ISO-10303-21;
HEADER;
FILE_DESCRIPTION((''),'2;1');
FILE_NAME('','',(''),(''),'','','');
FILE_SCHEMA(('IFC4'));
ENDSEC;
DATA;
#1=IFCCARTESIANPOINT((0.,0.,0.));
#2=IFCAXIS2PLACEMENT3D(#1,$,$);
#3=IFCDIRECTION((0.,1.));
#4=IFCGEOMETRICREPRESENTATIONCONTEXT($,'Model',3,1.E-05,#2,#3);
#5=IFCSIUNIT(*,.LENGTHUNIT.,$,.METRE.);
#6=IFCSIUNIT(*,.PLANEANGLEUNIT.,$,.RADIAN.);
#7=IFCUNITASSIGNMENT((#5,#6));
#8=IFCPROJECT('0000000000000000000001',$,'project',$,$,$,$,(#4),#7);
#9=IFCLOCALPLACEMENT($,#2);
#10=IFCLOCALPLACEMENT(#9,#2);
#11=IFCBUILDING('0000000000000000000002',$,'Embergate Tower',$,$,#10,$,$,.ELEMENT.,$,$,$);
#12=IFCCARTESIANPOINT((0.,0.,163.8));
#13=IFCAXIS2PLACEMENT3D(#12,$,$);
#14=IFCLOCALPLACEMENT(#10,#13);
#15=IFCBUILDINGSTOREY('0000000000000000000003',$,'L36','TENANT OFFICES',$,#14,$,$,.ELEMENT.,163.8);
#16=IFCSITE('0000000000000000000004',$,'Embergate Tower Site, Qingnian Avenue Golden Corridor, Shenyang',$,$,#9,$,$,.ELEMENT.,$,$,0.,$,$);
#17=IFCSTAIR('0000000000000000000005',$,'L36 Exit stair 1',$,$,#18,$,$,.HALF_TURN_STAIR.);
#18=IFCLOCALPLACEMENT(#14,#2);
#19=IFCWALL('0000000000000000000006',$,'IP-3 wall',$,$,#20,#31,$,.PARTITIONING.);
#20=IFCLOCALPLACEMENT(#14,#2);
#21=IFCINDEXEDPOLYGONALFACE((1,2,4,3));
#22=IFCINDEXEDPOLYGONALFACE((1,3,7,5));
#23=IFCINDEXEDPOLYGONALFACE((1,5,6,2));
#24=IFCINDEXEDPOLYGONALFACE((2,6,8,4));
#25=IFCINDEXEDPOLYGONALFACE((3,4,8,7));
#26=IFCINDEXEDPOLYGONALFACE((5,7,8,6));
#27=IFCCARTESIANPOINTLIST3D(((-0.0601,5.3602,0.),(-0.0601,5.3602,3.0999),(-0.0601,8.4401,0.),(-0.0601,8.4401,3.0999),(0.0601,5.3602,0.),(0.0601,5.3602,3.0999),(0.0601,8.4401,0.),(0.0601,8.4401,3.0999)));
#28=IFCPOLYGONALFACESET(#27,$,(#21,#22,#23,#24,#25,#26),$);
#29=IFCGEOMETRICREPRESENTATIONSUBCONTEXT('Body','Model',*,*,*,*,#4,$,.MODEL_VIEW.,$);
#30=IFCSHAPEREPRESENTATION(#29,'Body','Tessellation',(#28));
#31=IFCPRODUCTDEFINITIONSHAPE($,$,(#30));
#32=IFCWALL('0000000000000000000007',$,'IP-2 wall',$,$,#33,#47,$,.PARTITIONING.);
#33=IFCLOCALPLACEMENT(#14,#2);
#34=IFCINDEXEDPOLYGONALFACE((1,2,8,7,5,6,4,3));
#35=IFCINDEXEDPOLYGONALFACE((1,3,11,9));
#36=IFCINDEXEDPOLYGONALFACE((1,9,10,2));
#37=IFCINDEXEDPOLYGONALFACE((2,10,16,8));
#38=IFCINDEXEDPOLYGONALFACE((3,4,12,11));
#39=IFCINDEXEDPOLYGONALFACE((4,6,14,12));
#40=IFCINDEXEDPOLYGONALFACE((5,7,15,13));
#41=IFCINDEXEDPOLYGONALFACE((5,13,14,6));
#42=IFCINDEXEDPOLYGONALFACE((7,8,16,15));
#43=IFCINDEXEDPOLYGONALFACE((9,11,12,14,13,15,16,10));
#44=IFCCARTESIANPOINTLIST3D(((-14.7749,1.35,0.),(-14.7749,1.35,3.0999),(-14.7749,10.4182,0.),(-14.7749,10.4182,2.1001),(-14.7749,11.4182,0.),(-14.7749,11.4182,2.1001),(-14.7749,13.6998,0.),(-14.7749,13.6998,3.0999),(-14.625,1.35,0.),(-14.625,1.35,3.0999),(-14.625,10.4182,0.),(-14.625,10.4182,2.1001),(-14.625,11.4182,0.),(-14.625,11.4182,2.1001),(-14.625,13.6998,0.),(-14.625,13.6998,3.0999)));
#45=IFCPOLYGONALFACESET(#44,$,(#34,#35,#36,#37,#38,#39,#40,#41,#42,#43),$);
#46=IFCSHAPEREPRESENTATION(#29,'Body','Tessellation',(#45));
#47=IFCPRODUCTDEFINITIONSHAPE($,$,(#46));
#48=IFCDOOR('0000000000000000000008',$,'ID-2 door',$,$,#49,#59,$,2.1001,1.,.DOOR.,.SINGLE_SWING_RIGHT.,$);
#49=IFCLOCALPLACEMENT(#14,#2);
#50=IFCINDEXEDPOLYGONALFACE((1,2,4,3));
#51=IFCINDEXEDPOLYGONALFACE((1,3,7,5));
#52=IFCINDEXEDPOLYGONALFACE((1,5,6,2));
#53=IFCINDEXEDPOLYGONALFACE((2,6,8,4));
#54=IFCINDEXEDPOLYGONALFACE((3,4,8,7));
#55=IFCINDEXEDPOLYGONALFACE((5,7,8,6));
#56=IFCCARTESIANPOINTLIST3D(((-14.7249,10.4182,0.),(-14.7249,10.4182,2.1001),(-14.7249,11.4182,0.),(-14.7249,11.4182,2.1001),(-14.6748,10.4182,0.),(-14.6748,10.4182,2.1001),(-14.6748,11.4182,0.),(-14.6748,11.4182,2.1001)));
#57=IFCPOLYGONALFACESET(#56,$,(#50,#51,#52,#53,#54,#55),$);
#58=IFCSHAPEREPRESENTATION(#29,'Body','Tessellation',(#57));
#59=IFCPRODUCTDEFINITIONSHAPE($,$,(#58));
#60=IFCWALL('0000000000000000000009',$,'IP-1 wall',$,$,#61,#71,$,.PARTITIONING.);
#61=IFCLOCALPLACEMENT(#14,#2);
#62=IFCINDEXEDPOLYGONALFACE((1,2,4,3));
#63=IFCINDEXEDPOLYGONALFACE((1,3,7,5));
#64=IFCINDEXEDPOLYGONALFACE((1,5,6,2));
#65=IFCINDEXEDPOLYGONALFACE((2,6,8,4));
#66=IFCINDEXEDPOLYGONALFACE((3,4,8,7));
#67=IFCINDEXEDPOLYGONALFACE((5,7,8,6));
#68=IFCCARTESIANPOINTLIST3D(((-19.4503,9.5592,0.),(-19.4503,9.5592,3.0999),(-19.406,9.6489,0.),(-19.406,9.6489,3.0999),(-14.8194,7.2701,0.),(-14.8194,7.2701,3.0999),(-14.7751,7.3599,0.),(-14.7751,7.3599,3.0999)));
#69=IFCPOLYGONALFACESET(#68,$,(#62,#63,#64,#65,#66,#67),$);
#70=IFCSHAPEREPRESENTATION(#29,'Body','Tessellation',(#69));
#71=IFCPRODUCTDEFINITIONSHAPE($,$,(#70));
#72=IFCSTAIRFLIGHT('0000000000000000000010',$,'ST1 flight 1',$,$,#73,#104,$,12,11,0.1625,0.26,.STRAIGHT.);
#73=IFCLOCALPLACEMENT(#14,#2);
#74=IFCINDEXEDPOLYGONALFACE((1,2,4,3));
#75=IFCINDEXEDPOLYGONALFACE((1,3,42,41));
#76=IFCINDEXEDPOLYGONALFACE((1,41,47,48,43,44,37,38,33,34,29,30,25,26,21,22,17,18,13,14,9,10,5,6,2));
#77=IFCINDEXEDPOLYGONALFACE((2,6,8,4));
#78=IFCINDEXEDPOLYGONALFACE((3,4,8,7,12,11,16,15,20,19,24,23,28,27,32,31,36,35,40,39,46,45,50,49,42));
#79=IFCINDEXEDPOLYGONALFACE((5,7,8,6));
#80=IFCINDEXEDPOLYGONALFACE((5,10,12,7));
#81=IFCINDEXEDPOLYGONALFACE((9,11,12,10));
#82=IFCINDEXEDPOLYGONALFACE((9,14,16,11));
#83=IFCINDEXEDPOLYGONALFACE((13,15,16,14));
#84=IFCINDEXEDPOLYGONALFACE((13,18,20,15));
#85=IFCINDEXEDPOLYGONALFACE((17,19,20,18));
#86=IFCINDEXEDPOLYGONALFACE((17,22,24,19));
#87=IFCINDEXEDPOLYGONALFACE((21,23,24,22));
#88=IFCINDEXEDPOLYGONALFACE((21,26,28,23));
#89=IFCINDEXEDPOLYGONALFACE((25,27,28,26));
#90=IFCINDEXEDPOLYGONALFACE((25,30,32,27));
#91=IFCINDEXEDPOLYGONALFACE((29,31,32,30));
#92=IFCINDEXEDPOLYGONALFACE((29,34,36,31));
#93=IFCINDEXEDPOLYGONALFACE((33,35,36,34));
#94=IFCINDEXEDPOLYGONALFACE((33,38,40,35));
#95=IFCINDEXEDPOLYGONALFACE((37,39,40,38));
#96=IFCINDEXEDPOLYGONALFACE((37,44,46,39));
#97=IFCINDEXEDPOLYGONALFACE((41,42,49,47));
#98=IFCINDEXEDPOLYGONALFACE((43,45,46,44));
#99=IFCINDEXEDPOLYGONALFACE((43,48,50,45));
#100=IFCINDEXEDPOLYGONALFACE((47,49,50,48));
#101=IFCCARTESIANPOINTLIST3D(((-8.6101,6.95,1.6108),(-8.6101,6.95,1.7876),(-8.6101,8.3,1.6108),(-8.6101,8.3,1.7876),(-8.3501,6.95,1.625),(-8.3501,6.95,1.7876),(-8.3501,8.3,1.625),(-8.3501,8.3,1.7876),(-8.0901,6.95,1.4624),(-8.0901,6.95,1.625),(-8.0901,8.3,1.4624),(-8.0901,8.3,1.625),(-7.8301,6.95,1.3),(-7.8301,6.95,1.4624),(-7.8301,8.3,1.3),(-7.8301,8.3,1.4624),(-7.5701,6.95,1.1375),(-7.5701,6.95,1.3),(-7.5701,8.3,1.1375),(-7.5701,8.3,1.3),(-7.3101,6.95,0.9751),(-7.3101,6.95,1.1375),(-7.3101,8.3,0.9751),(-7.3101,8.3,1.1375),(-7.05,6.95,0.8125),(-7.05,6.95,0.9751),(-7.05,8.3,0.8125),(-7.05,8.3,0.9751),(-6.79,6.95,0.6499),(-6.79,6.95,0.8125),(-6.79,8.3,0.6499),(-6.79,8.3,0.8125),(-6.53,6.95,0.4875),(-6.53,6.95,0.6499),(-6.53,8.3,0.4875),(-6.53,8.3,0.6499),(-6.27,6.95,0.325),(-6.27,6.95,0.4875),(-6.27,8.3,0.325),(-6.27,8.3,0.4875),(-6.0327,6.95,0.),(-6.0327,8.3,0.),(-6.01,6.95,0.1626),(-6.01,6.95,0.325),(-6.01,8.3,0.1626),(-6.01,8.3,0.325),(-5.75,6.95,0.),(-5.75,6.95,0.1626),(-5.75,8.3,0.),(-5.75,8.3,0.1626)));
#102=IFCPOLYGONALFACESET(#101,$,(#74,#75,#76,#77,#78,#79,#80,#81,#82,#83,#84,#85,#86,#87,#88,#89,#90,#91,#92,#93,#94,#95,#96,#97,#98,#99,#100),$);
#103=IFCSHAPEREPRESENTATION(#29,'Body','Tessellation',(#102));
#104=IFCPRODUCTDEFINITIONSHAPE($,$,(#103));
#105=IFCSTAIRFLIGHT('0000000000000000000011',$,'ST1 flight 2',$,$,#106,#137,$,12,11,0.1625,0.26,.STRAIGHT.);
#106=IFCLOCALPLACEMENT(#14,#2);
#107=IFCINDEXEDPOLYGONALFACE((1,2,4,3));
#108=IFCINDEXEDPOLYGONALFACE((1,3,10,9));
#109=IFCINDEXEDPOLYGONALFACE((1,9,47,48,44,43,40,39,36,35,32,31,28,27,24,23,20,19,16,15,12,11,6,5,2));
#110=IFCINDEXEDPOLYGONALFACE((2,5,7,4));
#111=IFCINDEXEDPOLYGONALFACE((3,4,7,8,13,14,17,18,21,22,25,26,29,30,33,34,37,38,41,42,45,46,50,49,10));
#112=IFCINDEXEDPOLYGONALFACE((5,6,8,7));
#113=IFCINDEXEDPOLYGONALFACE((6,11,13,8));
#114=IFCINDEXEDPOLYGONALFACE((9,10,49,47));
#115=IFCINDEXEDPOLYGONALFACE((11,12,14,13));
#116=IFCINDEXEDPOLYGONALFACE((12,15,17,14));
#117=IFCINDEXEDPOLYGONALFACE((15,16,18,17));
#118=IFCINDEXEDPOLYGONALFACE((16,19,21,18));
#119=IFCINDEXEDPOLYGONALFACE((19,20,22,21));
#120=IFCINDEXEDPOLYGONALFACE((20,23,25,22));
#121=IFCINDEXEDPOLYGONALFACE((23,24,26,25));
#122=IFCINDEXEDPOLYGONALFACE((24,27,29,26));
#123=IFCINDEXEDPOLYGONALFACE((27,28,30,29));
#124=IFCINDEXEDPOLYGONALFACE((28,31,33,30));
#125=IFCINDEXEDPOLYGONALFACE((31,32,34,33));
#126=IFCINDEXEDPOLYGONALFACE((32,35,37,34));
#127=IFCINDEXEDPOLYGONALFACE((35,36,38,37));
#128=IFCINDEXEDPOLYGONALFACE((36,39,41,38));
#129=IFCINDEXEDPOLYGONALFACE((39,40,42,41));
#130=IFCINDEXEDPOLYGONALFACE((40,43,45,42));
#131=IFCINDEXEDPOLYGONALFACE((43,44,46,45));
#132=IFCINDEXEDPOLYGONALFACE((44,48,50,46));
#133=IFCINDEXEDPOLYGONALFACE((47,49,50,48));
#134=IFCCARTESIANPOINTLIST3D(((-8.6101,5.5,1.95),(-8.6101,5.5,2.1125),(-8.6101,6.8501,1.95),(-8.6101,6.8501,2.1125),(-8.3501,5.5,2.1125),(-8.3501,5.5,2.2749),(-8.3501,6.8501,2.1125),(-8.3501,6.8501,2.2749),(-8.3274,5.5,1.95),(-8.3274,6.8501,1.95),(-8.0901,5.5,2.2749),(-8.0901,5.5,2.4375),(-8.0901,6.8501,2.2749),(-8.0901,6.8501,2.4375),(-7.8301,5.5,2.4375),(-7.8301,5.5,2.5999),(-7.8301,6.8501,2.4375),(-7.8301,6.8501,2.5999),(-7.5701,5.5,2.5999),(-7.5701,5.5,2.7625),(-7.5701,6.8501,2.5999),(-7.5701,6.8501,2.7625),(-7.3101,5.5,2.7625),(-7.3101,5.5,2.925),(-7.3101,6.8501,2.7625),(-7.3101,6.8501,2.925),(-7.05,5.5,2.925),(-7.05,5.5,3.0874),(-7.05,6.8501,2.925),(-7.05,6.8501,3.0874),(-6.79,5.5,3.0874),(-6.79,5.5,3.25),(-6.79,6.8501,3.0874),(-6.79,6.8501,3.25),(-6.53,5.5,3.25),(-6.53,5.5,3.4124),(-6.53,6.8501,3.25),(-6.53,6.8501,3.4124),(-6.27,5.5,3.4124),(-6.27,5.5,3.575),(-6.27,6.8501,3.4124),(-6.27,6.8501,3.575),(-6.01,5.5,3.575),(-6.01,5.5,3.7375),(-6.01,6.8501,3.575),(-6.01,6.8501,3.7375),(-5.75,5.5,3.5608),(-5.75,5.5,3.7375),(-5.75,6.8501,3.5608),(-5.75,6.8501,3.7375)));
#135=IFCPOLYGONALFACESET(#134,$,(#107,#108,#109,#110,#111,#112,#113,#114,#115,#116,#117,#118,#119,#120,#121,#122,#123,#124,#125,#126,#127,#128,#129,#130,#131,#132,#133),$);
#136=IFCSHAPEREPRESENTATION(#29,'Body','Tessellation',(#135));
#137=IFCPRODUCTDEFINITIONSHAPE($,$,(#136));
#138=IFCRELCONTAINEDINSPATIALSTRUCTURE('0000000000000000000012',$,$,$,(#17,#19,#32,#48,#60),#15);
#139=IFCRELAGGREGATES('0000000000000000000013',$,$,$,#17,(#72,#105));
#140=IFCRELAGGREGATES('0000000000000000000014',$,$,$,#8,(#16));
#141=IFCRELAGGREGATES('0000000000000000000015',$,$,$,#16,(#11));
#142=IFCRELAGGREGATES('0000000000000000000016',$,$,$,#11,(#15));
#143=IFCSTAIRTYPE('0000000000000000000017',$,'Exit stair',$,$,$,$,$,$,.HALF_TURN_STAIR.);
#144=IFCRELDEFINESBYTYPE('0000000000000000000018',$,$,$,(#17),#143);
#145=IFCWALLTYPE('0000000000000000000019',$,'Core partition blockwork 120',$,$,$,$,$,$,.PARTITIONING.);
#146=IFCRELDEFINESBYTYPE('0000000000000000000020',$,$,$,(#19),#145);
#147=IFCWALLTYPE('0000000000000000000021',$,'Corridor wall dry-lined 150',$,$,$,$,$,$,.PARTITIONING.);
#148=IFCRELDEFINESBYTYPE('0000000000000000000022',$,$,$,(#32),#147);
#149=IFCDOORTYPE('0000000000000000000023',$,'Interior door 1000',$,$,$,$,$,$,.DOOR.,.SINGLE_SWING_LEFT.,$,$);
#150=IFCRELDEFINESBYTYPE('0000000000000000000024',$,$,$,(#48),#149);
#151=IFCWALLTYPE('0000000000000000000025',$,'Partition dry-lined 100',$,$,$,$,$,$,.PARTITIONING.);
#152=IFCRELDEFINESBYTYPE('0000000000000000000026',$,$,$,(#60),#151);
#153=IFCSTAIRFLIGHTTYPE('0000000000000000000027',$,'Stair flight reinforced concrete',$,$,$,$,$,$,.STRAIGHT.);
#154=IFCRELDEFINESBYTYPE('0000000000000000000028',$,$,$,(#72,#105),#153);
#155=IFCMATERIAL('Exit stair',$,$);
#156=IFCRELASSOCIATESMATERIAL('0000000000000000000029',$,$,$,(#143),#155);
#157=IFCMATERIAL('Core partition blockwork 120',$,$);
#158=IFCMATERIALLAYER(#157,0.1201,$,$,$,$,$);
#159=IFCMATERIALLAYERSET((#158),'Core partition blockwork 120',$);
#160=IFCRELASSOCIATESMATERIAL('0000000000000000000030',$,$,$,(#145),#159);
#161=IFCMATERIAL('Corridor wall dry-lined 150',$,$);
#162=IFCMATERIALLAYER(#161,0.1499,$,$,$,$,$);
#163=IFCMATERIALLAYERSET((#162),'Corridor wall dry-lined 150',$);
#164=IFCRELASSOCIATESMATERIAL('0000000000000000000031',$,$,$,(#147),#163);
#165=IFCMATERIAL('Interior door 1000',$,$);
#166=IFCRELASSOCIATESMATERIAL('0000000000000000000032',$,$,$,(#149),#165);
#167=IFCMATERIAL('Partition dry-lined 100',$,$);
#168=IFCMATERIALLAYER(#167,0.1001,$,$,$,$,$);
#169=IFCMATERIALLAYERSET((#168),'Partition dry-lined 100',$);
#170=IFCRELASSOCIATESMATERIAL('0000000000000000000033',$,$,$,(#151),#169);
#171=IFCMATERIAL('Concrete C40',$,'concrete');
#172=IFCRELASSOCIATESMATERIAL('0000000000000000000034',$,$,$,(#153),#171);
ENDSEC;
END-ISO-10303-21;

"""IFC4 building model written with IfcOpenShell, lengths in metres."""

from ifc_helpers import new_model, si_unit, direction, frame, frame_2d, origin, place, context, subcontext, project, spatial, polyline, rectangle, outline, extrude, source, transform, mapped, material, layer, layer_set, type_object, element, fill, aggregate, save


model = new_model("IFC4")

# Units and contexts
model_context = context("Model", 3, precision=1e-05, world=origin(), true_north=direction((0.0, 1.0)))
body_context = subcontext(model_context, "Body", "Model", "MODEL_VIEW")
ifc_project = project(units=[si_unit("LENGTHUNIT", "METRE"), si_unit("PLANEANGLEUNIT", "RADIAN")], contexts=[model_context])

# Site, building, storey
site_placement = place(None, origin())
site = spatial("IfcSite", under=ifc_project, at=site_placement, Name="Embergate Tower Site, Qingnian Avenue Golden Corridor, Shenyang", CompositionType="ELEMENT", RefElevation=0.0)
building_placement = place(site_placement, origin())
building = spatial("IfcBuilding", under=site, at=building_placement, Name="Embergate Tower", CompositionType="ELEMENT")
storey_placement = place(building_placement, frame((0.0, 0.0, 163.8)))
storey = spatial("IfcBuildingStorey", under=building, at=storey_placement, Name="L36", Description="TENANT OFFICES", CompositionType="ELEMENT", Elevation=163.8)

# Stair
ifc_material_1 = material(Name="Exit stair")
stair_type = type_object("IfcStairType", Name="Exit stair", PredefinedType="HALF_TURN_STAIR", material=ifc_material_1)
stair_placement = place(storey_placement, origin())
stair = element("IfcStair", 1, at=stair_placement, inside=storey, type_object=stair_type, Name="L36 Exit stair 1", PredefinedType="HALF_TURN_STAIR")
ifc_material_2 = material(Name="Concrete C40", Category="concrete")

# Shared definitions
ifc_material_3 = material(Name="Core partition blockwork 120")
ifc_layer_1 = layer(ifc_material_3, 0.1201)
ifc_layer_set_1 = layer_set([ifc_layer_1], Name="Core partition blockwork 120")
wall_type_1 = type_object("IfcWallType", Name="Core partition blockwork 120", PredefinedType="PARTITIONING", material=ifc_layer_set_1)

# Wall
shared_shape_1 = source(origin(), body_context, "Body", "SweptSolid", [
    extrude(rectangle(XDim=3.0798, YDim=0.1201, at=frame_2d((1.54, 0.0))), origin(), (0.0, 0.0, 1.0), 3.0999),
])
wall_1_placement = place(storey_placement, frame((0.0, 5.3601, 0.0), z_axis=(0.0, 0.0, 1.0), x_axis=(0.0, 1.0, 0.0)))
element("IfcWall", 2, at=wall_1_placement, inside=storey, type_object=wall_type_1, Name="IP-3 wall", PredefinedType="PARTITIONING", context=body_context, shape_type="MappedRepresentation", body=[
    mapped(shared_shape_1, transform((0.0, 0.0, 0.0))),
])

# Wall, opening, door
ifc_material_4 = material(Name="Corridor wall dry-lined 150")
ifc_layer_2 = layer(ifc_material_4, 0.1499)
ifc_layer_set_2 = layer_set([ifc_layer_2], Name="Corridor wall dry-lined 150")
wall_type_2 = type_object("IfcWallType", Name="Corridor wall dry-lined 150", PredefinedType="PARTITIONING", material=ifc_layer_set_2)
shared_shape_2 = source(origin(), body_context, "Body", "SweptSolid", [
    extrude(rectangle(XDim=12.3499, YDim=0.1499, at=frame_2d((6.1748, 0.0))), origin(), (0.0, 0.0, 1.0), 3.0999),
])
wall_2_placement = place(storey_placement, frame((-14.7, 1.3501, 0.0), z_axis=(0.0, 0.0, 1.0), x_axis=(0.0, 1.0, 0.0)))
wall_2 = element("IfcWall", 3, at=wall_2_placement, inside=storey, type_object=wall_type_2, Name="IP-2 wall", PredefinedType="PARTITIONING", context=body_context, shape_type="MappedRepresentation", body=[
    mapped(shared_shape_2, transform((0.0, 0.0, 0.0))),
])
shared_shape_3 = source(origin(), body_context, "Body", "SweptSolid", [
    extrude(rectangle(XDim=1.0, YDim=2.1001, at=frame_2d((0.5, 1.05))), frame((0.0, 0.085, 0.0), z_axis=(0.0, -1.0, 0.0), x_axis=(1.0, 0.0, 0.0)), (0.0, 0.0, 1.0), 0.1699),
])
opening_1_placement = place(wall_2_placement, frame((9.0681, 0.0, 0.0)))
opening_1 = element("IfcOpeningElement", 4, at=opening_1_placement, cuts=wall_2, PredefinedType="OPENING", context=body_context, shape_type="MappedRepresentation", body=[
    mapped(shared_shape_3, transform((0.0, 0.0, 0.0))),
])
ifc_material_5 = material(Name="Interior door 1000")
door_type_1 = type_object("IfcDoorType", Name="Interior door 1000", OperationType="SINGLE_SWING_LEFT", PredefinedType="DOOR", material=ifc_material_5)
shared_shape_4 = source(origin(), body_context, "Body", "SweptSolid", [
    extrude(rectangle(XDim=1.0, YDim=2.1001, at=frame_2d((0.5, 1.05))), frame((0.0, 0.0249, 0.0), z_axis=(0.0, -1.0, 0.0), x_axis=(1.0, 0.0, 0.0)), (0.0, 0.0, 1.0), 0.05),
])
door_1_placement = place(opening_1_placement, origin())
door_1 = element("IfcDoor", 5, at=door_1_placement, inside=storey, type_object=door_type_1, Name="ID-2 door", OperationType="SINGLE_SWING_RIGHT", OverallHeight=2.1001, OverallWidth=1.0, PredefinedType="DOOR", context=body_context, shape_type="MappedRepresentation", body=[
    mapped(shared_shape_4, transform((0.0, 0.0, 0.0))),
])
fill(opening_1, door_1)

# Wall
ifc_material_6 = material(Name="Partition dry-lined 100")
ifc_layer_3 = layer(ifc_material_6, 0.1001)
ifc_layer_set_3 = layer_set([ifc_layer_3], Name="Partition dry-lined 100")
wall_type_3 = type_object("IfcWallType", Name="Partition dry-lined 100", PredefinedType="PARTITIONING", material=ifc_layer_set_3)
shared_shape_5 = source(origin(), body_context, "Body", "SweptSolid", [
    extrude(rectangle(XDim=5.1658, YDim=0.1001, at=frame_2d((2.583, 0.0))), origin(), (0.0, 0.0, 1.0), 3.0999),
])
wall_3_placement = place(storey_placement, frame((-14.7971, 7.3149, 0.0), z_axis=(0.0, 0.0, 1.0), x_axis=(-0.89646, 0.443126, 0.0)))
element("IfcWall", 6, at=wall_3_placement, inside=storey, type_object=wall_type_3, Name="IP-1 wall", PredefinedType="PARTITIONING", context=body_context, shape_type="MappedRepresentation", body=[
    mapped(shared_shape_5, transform((0.0, 0.0, 0.0))),
])

# Stair flights
stair_flight_type = type_object("IfcStairFlightType", Name="Stair flight reinforced concrete", PredefinedType="STRAIGHT", material=ifc_material_2)
shared_shape_6 = source(origin(), body_context, "Body", "SweptSolid", [
    extrude(outline(polyline([(0.0, 0.0), (0.0, 0.1626), (0.26, 0.1626), (0.26, 0.325), (0.52, 0.325), (0.52, 0.4875), (0.78, 0.4875), (0.78, 0.6499), (1.04, 0.6499), (1.04, 0.8125), (1.3, 0.8125), (1.3, 0.9751), (1.5601, 0.9751), (1.5601, 1.1375), (1.8201, 1.1375), (1.8201, 1.3), (2.0801, 1.3), (2.0801, 1.4624), (2.3401, 1.4624), (2.3401, 1.625), (2.6001, 1.625), (2.6001, 1.7876), (2.8601, 1.7876), (2.8601, 1.95), (2.8601, 1.6108), (0.2827, 0.0), (0.0, 0.0)])), frame((0.0, 0.675, 0.0), z_axis=(0.0, -1.0, 0.0), x_axis=(1.0, 0.0, 0.0)), (0.0, 0.0, 1.0), 1.3501),
])
stair_flight_1_placement = place(storey_placement, frame((-5.75, 7.625, 0.0), z_axis=(0.0, 0.0, 1.0), x_axis=(-1.0, 0.0, 0.0)))
stair_flight_1 = element("IfcStairFlight", 7, at=stair_flight_1_placement, type_object=stair_flight_type, Name="ST1 flight 1", NumberOfRisers=12, NumberOfTreads=11, PredefinedType="STRAIGHT", RiserHeight=0.1625, TreadLength=0.26, context=body_context, shape_type="MappedRepresentation", body=[
    mapped(shared_shape_6, transform((0.0, 0.0, 0.0))),
])
stair_flight_2_placement = place(storey_placement, frame((-8.6101, 6.175, 1.95), z_axis=(0.0, 0.0, 1.0), x_axis=(1.0, 0.0, 0.0)))
stair_flight_2 = element("IfcStairFlight", 8, at=stair_flight_2_placement, type_object=stair_flight_type, Name="ST1 flight 2", NumberOfRisers=12, NumberOfTreads=11, PredefinedType="STRAIGHT", RiserHeight=0.1625, TreadLength=0.26, context=body_context, shape_type="MappedRepresentation", body=[
    mapped(shared_shape_6, transform((0.0, 0.0, 0.0))),
])
aggregate(stair, [stair_flight_1, stair_flight_2])

save(model, "model.ifc")
